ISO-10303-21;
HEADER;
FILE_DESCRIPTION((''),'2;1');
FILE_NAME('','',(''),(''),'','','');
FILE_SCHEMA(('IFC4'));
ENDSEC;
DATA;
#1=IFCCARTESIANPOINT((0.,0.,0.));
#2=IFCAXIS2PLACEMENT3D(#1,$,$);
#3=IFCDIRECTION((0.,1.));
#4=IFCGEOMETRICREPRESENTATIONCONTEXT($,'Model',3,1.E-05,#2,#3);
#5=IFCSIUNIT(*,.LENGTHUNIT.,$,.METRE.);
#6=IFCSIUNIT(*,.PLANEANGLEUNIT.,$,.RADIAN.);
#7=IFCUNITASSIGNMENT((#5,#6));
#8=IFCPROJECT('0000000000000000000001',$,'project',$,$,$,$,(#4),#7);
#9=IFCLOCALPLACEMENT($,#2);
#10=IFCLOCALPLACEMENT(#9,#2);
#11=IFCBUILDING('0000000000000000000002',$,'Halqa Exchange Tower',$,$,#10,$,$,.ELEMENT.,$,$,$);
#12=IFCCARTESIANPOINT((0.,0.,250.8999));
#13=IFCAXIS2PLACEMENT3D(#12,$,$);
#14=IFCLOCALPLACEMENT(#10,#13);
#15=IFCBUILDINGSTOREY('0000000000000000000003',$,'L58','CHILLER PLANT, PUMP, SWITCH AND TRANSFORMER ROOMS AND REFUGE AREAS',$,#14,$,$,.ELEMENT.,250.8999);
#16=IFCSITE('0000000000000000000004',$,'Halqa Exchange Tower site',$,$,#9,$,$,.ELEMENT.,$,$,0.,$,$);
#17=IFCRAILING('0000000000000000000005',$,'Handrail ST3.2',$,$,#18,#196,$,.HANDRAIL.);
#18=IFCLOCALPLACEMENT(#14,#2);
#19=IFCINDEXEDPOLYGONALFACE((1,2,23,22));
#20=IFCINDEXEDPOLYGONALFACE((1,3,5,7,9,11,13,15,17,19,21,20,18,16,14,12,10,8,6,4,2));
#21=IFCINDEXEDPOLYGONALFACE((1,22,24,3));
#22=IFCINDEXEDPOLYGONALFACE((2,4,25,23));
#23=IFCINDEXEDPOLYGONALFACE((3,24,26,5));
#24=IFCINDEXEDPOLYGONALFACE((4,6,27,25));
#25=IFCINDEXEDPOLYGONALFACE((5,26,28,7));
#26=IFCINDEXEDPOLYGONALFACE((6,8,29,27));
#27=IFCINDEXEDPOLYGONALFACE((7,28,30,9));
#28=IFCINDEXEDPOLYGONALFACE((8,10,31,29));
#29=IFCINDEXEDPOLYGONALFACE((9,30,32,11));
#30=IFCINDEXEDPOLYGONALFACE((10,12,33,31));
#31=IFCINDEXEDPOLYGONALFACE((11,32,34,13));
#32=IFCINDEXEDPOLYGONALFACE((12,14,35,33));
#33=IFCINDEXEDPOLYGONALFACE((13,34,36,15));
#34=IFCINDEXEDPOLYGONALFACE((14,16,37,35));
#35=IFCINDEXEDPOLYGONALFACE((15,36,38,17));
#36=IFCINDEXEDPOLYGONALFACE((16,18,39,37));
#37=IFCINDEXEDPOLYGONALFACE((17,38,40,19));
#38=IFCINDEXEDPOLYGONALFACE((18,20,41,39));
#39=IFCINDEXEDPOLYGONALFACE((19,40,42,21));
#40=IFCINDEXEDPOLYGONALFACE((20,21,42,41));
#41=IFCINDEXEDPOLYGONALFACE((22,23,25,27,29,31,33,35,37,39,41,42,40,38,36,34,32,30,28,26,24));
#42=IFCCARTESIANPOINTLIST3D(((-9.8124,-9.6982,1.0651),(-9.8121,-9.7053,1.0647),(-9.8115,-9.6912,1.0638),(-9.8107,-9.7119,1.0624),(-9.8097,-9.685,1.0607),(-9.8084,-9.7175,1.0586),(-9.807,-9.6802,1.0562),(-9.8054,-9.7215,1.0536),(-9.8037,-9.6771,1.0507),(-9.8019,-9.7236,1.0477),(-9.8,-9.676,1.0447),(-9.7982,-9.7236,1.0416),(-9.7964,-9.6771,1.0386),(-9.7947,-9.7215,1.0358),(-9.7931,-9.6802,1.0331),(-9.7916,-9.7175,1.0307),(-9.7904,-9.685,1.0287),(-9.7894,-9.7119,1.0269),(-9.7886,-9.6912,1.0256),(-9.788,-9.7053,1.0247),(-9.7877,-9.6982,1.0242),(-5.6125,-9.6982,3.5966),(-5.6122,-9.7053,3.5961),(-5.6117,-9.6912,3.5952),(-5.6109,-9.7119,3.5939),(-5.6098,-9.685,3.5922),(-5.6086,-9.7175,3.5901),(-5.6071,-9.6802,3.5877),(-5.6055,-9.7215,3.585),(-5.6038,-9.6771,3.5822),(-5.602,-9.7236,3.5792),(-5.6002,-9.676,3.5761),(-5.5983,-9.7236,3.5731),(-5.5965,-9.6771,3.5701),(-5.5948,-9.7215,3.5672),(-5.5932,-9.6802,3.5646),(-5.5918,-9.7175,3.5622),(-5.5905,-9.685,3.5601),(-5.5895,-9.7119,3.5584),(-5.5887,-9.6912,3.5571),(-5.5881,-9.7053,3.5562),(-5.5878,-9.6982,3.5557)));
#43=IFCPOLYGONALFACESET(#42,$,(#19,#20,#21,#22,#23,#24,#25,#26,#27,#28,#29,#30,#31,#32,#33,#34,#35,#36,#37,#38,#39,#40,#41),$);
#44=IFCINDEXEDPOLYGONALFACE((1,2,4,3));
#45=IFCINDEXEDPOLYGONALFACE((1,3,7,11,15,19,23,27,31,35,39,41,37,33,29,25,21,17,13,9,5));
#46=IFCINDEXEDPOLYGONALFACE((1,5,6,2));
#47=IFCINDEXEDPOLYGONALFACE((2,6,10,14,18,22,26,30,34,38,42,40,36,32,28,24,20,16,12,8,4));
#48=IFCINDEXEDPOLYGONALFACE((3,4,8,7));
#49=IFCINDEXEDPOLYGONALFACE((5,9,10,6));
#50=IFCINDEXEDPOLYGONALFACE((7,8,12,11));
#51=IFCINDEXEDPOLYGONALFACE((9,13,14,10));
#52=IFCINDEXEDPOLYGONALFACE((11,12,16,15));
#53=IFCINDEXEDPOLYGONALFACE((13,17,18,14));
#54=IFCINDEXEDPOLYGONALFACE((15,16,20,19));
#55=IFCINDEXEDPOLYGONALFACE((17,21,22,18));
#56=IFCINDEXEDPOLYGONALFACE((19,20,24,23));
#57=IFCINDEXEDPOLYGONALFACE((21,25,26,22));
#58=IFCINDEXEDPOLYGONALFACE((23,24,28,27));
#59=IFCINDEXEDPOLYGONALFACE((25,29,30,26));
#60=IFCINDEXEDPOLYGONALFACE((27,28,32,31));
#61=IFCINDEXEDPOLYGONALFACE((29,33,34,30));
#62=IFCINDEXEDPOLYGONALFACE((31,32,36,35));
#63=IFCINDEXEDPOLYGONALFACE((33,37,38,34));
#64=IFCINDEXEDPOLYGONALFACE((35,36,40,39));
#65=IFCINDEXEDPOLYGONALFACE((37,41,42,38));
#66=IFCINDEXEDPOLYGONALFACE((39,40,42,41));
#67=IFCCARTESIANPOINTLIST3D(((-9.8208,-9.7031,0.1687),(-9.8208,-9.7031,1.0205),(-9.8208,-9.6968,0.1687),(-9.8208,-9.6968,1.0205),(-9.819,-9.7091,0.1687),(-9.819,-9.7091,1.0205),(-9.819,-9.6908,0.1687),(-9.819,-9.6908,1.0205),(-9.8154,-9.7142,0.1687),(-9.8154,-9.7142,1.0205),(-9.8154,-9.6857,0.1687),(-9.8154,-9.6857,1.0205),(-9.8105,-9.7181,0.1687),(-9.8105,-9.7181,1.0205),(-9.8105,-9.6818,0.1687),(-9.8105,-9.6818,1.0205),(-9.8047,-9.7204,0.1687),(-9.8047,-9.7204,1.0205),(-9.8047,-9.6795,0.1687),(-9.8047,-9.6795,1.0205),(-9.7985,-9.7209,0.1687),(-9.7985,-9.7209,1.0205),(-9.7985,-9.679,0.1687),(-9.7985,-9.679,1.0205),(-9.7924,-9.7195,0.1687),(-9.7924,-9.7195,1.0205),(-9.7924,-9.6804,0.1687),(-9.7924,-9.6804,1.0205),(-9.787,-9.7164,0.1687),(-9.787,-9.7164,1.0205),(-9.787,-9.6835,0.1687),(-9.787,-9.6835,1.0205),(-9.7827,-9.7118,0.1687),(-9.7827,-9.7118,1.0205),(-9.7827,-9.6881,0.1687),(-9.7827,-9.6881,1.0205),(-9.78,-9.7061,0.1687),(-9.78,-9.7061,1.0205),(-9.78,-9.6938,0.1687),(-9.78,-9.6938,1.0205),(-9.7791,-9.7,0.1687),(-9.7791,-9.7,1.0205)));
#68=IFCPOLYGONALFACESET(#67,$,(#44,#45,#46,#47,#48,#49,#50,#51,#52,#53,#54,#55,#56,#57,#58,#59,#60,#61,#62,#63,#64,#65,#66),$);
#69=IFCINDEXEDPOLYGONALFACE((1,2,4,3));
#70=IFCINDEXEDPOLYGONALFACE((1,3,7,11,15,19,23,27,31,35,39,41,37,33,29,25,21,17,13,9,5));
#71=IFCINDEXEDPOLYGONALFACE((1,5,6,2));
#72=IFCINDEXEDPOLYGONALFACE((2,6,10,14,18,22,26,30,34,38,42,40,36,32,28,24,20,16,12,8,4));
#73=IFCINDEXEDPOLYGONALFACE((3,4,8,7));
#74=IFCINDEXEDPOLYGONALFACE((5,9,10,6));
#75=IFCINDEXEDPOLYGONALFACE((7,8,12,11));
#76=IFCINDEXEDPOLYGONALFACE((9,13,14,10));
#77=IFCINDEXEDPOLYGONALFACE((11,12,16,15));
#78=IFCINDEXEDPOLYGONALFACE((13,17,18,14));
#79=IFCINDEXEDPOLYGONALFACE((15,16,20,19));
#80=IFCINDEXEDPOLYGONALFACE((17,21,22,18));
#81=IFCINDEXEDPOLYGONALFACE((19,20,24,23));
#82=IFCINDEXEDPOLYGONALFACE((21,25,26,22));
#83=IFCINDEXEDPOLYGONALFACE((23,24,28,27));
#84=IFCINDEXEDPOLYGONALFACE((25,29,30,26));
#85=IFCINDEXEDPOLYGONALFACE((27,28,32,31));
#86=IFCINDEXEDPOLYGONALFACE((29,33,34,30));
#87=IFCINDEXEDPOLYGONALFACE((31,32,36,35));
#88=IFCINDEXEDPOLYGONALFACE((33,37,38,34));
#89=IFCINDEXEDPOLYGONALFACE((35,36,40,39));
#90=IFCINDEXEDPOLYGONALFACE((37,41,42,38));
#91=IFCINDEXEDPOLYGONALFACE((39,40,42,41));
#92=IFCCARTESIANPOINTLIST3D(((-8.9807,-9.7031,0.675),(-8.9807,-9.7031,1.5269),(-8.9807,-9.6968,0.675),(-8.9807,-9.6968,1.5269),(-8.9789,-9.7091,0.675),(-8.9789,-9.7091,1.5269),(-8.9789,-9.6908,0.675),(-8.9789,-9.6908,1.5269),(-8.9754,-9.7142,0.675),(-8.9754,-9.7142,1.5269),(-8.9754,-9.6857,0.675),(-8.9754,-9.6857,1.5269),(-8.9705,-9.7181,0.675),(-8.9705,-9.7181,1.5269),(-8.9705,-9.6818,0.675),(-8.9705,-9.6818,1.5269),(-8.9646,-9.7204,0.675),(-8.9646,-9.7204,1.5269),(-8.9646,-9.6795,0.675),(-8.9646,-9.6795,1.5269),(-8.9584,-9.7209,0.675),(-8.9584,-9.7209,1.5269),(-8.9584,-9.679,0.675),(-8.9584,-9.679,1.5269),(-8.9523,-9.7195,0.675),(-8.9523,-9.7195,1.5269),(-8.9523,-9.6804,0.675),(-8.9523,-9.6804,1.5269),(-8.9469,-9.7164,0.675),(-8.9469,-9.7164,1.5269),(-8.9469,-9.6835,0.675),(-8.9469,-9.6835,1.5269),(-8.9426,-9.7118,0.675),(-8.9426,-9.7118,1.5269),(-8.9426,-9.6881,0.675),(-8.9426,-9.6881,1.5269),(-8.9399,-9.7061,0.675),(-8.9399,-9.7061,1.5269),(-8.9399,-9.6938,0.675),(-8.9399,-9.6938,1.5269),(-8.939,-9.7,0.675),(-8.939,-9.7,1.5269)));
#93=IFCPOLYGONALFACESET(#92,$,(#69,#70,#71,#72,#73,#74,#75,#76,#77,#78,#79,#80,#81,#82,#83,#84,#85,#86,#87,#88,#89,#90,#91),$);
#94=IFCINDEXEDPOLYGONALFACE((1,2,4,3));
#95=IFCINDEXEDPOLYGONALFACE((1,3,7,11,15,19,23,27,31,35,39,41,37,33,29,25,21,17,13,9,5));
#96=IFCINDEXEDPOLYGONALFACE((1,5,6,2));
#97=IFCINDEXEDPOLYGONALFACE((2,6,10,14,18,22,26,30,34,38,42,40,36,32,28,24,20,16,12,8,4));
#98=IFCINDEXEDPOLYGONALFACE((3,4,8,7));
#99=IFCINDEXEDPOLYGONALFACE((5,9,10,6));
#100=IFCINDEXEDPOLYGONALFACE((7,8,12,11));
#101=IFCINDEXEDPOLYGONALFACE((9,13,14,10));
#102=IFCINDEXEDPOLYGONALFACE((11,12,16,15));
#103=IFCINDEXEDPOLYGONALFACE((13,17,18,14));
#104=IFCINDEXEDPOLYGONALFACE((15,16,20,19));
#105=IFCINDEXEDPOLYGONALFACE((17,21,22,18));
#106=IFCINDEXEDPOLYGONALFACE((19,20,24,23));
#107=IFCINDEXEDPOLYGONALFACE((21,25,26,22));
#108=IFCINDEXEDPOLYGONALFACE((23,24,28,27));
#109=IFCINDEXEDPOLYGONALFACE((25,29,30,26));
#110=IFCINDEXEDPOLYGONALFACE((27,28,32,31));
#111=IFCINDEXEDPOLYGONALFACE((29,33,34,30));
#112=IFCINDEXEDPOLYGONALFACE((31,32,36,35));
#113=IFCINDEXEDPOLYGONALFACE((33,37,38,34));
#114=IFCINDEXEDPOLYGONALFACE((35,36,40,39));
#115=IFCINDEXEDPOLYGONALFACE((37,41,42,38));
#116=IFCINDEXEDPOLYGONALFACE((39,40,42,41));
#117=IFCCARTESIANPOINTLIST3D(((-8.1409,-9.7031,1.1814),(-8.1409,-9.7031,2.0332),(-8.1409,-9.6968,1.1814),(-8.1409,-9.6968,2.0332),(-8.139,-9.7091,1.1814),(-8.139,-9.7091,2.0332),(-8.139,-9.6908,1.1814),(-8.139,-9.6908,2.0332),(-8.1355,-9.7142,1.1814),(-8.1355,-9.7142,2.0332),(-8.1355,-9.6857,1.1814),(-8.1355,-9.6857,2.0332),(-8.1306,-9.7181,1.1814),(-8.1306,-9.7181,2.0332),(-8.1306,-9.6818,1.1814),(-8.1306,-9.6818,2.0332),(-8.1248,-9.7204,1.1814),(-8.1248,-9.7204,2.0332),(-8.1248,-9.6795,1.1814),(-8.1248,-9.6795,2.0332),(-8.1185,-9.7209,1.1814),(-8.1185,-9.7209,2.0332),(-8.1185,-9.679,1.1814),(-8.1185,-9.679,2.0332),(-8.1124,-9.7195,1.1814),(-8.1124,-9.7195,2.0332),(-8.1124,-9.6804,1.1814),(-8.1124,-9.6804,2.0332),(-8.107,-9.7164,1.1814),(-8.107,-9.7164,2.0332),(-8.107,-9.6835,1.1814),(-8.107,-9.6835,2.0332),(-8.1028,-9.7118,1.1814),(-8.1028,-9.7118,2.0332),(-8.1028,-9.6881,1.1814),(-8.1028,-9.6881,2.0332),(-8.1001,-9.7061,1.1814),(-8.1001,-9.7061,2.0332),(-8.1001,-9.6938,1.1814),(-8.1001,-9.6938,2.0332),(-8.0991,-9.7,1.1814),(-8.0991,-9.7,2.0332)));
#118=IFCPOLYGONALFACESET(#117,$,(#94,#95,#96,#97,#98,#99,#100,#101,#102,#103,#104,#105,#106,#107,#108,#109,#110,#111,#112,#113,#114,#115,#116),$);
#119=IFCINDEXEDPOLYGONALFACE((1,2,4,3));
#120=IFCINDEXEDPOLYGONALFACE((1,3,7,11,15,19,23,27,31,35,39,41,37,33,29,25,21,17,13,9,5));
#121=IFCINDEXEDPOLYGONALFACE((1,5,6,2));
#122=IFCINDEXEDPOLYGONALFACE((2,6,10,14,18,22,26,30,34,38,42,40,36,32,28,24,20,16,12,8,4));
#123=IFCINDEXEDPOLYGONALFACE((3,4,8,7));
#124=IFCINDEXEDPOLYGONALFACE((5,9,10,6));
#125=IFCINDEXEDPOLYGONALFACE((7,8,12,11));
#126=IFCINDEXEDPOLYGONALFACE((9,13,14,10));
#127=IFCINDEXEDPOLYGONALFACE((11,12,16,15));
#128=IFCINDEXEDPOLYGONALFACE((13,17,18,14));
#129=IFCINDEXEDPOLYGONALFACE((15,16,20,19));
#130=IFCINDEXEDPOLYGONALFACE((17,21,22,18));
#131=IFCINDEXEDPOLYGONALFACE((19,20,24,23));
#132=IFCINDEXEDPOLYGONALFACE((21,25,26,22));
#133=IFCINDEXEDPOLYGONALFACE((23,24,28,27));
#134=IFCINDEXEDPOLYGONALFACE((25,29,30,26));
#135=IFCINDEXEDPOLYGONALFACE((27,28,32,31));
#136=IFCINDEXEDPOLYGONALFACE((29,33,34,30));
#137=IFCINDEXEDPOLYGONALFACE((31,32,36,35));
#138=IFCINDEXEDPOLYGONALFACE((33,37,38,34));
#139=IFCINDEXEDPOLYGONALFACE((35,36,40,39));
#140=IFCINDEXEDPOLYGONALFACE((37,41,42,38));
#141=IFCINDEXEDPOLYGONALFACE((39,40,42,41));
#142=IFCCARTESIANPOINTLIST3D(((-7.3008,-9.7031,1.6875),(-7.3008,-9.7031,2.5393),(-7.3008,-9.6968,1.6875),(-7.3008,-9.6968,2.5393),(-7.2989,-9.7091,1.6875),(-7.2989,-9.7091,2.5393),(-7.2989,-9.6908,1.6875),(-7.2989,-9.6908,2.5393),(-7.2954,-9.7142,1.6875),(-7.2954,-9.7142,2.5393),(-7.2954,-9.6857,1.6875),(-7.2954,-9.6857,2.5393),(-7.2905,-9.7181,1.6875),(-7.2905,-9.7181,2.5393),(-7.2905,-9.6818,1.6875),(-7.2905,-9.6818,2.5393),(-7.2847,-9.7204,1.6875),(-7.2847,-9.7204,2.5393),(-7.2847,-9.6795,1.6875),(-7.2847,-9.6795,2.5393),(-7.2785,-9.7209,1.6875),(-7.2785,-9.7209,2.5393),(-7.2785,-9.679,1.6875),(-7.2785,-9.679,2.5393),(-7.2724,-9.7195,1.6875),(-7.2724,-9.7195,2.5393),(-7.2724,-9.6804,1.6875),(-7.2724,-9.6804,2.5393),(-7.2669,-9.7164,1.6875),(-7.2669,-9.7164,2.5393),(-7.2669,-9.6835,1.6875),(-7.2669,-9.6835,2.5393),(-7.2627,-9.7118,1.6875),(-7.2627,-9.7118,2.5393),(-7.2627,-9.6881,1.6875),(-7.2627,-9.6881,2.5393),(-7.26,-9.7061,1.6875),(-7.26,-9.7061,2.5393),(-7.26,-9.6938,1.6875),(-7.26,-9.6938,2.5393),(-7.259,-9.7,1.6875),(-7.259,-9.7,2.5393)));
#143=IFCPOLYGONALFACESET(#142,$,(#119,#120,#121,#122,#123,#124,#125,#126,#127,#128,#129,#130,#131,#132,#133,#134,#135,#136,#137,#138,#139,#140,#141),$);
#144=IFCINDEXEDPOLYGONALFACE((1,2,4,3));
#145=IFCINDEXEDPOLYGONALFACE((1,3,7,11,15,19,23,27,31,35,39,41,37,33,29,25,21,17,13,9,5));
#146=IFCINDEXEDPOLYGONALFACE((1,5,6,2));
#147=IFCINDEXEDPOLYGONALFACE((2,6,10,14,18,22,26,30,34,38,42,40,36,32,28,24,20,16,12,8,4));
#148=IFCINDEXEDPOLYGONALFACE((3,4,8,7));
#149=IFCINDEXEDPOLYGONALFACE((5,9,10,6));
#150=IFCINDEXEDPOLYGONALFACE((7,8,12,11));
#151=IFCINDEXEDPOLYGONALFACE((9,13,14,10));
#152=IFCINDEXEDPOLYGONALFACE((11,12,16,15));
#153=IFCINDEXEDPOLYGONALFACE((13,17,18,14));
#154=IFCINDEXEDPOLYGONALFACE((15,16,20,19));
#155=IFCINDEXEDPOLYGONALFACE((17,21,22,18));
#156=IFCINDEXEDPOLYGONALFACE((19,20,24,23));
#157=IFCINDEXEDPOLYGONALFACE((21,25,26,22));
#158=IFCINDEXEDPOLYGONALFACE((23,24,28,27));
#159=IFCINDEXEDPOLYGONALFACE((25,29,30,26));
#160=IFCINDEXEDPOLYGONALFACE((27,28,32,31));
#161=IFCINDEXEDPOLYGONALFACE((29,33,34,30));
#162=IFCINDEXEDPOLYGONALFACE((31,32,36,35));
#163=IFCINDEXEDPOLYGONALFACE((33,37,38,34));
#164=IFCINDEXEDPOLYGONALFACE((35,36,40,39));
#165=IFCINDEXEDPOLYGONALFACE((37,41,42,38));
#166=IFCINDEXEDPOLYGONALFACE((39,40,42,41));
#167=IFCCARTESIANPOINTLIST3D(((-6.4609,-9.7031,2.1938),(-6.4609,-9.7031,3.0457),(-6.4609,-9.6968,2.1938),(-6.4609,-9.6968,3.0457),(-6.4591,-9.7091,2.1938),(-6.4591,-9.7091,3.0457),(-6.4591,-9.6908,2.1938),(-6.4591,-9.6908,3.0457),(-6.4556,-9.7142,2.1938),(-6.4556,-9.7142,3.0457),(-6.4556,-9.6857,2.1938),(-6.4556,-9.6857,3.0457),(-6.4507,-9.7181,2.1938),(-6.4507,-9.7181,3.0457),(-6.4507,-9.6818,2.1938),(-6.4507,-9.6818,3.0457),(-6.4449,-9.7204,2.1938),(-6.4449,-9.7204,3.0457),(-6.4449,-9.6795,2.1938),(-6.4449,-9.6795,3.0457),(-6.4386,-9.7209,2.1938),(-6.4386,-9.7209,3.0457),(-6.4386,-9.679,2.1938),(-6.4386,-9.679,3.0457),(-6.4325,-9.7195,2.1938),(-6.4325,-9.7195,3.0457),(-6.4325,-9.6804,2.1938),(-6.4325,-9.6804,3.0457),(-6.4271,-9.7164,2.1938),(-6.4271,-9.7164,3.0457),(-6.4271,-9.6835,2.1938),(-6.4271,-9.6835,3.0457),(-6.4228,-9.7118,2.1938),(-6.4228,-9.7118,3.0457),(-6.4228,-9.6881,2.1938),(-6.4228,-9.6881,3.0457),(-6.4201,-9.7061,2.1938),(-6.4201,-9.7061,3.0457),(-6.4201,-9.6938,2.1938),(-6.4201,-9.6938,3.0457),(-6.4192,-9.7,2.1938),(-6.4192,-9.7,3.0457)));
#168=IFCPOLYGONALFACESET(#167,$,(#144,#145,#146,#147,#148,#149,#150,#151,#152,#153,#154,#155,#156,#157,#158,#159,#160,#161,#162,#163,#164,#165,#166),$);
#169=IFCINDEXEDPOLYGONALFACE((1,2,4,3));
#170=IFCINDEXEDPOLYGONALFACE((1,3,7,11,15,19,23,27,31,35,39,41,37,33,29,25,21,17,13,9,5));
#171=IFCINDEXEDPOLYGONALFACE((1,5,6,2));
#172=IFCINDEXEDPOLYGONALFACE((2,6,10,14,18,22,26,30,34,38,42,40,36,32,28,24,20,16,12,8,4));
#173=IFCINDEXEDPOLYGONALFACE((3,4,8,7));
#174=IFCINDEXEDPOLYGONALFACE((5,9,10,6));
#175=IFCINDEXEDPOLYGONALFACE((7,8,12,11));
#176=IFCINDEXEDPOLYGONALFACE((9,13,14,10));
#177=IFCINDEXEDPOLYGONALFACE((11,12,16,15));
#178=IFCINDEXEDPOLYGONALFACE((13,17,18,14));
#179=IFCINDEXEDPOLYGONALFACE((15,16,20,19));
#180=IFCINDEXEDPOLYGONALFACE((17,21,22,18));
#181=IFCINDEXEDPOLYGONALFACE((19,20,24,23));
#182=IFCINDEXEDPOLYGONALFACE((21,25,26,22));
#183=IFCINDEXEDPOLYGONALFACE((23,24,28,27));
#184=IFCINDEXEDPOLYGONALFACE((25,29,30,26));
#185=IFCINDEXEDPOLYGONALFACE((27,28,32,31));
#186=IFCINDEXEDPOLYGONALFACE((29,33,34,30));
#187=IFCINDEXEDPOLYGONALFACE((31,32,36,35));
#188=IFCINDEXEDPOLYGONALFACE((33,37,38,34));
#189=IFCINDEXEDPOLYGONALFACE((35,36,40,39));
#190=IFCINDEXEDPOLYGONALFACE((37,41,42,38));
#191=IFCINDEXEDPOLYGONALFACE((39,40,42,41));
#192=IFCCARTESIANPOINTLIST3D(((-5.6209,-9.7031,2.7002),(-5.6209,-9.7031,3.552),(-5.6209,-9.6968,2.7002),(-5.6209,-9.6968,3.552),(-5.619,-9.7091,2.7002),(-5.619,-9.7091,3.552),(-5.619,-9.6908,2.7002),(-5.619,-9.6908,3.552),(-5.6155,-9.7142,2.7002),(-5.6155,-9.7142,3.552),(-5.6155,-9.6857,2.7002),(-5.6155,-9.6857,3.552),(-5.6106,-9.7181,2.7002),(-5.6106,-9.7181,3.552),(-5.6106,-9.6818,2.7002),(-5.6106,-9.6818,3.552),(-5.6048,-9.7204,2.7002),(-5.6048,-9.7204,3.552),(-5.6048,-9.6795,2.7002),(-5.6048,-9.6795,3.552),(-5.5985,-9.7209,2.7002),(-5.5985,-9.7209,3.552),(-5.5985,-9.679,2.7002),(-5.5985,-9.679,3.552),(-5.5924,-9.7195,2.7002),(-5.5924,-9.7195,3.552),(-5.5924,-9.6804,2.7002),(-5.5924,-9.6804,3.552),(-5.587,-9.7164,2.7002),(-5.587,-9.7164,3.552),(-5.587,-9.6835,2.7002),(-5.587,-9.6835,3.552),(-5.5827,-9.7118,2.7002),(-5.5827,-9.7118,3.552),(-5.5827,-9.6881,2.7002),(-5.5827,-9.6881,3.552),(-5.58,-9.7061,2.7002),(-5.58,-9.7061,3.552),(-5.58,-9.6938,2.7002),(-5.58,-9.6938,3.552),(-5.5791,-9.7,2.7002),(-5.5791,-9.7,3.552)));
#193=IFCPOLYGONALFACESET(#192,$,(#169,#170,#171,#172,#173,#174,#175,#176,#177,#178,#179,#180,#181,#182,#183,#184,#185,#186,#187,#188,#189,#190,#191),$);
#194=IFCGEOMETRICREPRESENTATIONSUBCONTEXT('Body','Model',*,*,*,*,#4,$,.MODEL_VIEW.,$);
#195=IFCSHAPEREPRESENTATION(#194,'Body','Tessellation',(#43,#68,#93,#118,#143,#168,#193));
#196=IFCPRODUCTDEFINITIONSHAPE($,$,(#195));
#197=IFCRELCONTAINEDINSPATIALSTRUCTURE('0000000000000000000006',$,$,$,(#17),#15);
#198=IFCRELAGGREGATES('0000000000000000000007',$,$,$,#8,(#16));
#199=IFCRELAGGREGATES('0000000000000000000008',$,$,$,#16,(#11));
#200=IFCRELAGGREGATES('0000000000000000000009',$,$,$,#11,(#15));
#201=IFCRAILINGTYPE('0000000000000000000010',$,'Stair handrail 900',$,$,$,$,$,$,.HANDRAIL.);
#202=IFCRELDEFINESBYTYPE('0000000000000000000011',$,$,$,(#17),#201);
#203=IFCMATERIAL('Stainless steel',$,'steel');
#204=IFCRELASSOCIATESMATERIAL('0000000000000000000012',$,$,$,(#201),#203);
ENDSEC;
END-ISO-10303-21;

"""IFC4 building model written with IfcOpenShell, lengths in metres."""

from ifc_helpers import new_model, si_unit, direction, frame, origin, origin_2d, place, context, subcontext, project, spatial, circle, extrude, material, type_object, element, save


model = new_model("IFC4")

# Units and contexts
model_context = context("Model", 3, precision=1e-05, world=origin(), true_north=direction((0.0, 1.0)))
body_context = subcontext(model_context, "Body", "Model", "MODEL_VIEW")
ifc_project = project(units=[si_unit("LENGTHUNIT", "METRE"), si_unit("PLANEANGLEUNIT", "RADIAN")], contexts=[model_context])

# Site, building, storey
site_placement = place(None, origin())
site = spatial("IfcSite", under=ifc_project, at=site_placement, Name="Halqa Exchange Tower site", CompositionType="ELEMENT", RefElevation=0.0)
building_placement = place(site_placement, origin())
building = spatial("IfcBuilding", under=site, at=building_placement, Name="Halqa Exchange Tower", CompositionType="ELEMENT")
storey_placement = place(building_placement, frame((0.0, 0.0, 250.8999)))
storey = spatial("IfcBuildingStorey", under=building, at=storey_placement, Name="L58", Description="CHILLER PLANT, PUMP, SWITCH AND TRANSFORMER ROOMS AND REFUGE AREAS", CompositionType="ELEMENT", Elevation=250.8999)

# Railing
ifc_material_1 = material(Name="Stainless steel", Category="steel")
railing_type_1 = type_object("IfcRailingType", Name="Stair handrail 900", PredefinedType="HANDRAIL", material=ifc_material_1)
railing_1_placement = place(storey_placement, frame((-9.8, -9.7, 0.1687)))
element("IfcRailing", 1, at=railing_1_placement, inside=storey, type_object=railing_type_1, Name="Handrail ST3.2", PredefinedType="HANDRAIL", context=body_context, shape_type="SweptSolid", body=[
    extrude(circle(Radius=0.0239, at=origin_2d()), frame((0.0, 0.0, 0.876), z_axis=(0.856454, 0.0, 0.516223), x_axis=(0.0, 1.0, 0.0)), (0.0, 0.0, 1.0), 4.9038),
    extrude(circle(Radius=0.021, at=origin_2d()), origin(), (0.0, 0.0, 1.0), 0.8518),
    extrude(circle(Radius=0.021, at=origin_2d()), frame((0.8401, 0.0, 0.5063)), (0.0, 0.0, 1.0), 0.8518),
    extrude(circle(Radius=0.021, at=origin_2d()), frame((1.6799, 0.0, 1.0127)), (0.0, 0.0, 1.0), 0.8518),
    extrude(circle(Radius=0.021, at=origin_2d()), frame((2.52, 0.0, 1.5188)), (0.0, 0.0, 1.0), 0.8518),
    extrude(circle(Radius=0.021, at=origin_2d()), frame((3.3599, 0.0, 2.0251)), (0.0, 0.0, 1.0), 0.8518),
    extrude(circle(Radius=0.021, at=origin_2d()), frame((4.2, 0.0, 2.5315)), (0.0, 0.0, 1.0), 0.8518),
])

save(model, "model.ifc")
